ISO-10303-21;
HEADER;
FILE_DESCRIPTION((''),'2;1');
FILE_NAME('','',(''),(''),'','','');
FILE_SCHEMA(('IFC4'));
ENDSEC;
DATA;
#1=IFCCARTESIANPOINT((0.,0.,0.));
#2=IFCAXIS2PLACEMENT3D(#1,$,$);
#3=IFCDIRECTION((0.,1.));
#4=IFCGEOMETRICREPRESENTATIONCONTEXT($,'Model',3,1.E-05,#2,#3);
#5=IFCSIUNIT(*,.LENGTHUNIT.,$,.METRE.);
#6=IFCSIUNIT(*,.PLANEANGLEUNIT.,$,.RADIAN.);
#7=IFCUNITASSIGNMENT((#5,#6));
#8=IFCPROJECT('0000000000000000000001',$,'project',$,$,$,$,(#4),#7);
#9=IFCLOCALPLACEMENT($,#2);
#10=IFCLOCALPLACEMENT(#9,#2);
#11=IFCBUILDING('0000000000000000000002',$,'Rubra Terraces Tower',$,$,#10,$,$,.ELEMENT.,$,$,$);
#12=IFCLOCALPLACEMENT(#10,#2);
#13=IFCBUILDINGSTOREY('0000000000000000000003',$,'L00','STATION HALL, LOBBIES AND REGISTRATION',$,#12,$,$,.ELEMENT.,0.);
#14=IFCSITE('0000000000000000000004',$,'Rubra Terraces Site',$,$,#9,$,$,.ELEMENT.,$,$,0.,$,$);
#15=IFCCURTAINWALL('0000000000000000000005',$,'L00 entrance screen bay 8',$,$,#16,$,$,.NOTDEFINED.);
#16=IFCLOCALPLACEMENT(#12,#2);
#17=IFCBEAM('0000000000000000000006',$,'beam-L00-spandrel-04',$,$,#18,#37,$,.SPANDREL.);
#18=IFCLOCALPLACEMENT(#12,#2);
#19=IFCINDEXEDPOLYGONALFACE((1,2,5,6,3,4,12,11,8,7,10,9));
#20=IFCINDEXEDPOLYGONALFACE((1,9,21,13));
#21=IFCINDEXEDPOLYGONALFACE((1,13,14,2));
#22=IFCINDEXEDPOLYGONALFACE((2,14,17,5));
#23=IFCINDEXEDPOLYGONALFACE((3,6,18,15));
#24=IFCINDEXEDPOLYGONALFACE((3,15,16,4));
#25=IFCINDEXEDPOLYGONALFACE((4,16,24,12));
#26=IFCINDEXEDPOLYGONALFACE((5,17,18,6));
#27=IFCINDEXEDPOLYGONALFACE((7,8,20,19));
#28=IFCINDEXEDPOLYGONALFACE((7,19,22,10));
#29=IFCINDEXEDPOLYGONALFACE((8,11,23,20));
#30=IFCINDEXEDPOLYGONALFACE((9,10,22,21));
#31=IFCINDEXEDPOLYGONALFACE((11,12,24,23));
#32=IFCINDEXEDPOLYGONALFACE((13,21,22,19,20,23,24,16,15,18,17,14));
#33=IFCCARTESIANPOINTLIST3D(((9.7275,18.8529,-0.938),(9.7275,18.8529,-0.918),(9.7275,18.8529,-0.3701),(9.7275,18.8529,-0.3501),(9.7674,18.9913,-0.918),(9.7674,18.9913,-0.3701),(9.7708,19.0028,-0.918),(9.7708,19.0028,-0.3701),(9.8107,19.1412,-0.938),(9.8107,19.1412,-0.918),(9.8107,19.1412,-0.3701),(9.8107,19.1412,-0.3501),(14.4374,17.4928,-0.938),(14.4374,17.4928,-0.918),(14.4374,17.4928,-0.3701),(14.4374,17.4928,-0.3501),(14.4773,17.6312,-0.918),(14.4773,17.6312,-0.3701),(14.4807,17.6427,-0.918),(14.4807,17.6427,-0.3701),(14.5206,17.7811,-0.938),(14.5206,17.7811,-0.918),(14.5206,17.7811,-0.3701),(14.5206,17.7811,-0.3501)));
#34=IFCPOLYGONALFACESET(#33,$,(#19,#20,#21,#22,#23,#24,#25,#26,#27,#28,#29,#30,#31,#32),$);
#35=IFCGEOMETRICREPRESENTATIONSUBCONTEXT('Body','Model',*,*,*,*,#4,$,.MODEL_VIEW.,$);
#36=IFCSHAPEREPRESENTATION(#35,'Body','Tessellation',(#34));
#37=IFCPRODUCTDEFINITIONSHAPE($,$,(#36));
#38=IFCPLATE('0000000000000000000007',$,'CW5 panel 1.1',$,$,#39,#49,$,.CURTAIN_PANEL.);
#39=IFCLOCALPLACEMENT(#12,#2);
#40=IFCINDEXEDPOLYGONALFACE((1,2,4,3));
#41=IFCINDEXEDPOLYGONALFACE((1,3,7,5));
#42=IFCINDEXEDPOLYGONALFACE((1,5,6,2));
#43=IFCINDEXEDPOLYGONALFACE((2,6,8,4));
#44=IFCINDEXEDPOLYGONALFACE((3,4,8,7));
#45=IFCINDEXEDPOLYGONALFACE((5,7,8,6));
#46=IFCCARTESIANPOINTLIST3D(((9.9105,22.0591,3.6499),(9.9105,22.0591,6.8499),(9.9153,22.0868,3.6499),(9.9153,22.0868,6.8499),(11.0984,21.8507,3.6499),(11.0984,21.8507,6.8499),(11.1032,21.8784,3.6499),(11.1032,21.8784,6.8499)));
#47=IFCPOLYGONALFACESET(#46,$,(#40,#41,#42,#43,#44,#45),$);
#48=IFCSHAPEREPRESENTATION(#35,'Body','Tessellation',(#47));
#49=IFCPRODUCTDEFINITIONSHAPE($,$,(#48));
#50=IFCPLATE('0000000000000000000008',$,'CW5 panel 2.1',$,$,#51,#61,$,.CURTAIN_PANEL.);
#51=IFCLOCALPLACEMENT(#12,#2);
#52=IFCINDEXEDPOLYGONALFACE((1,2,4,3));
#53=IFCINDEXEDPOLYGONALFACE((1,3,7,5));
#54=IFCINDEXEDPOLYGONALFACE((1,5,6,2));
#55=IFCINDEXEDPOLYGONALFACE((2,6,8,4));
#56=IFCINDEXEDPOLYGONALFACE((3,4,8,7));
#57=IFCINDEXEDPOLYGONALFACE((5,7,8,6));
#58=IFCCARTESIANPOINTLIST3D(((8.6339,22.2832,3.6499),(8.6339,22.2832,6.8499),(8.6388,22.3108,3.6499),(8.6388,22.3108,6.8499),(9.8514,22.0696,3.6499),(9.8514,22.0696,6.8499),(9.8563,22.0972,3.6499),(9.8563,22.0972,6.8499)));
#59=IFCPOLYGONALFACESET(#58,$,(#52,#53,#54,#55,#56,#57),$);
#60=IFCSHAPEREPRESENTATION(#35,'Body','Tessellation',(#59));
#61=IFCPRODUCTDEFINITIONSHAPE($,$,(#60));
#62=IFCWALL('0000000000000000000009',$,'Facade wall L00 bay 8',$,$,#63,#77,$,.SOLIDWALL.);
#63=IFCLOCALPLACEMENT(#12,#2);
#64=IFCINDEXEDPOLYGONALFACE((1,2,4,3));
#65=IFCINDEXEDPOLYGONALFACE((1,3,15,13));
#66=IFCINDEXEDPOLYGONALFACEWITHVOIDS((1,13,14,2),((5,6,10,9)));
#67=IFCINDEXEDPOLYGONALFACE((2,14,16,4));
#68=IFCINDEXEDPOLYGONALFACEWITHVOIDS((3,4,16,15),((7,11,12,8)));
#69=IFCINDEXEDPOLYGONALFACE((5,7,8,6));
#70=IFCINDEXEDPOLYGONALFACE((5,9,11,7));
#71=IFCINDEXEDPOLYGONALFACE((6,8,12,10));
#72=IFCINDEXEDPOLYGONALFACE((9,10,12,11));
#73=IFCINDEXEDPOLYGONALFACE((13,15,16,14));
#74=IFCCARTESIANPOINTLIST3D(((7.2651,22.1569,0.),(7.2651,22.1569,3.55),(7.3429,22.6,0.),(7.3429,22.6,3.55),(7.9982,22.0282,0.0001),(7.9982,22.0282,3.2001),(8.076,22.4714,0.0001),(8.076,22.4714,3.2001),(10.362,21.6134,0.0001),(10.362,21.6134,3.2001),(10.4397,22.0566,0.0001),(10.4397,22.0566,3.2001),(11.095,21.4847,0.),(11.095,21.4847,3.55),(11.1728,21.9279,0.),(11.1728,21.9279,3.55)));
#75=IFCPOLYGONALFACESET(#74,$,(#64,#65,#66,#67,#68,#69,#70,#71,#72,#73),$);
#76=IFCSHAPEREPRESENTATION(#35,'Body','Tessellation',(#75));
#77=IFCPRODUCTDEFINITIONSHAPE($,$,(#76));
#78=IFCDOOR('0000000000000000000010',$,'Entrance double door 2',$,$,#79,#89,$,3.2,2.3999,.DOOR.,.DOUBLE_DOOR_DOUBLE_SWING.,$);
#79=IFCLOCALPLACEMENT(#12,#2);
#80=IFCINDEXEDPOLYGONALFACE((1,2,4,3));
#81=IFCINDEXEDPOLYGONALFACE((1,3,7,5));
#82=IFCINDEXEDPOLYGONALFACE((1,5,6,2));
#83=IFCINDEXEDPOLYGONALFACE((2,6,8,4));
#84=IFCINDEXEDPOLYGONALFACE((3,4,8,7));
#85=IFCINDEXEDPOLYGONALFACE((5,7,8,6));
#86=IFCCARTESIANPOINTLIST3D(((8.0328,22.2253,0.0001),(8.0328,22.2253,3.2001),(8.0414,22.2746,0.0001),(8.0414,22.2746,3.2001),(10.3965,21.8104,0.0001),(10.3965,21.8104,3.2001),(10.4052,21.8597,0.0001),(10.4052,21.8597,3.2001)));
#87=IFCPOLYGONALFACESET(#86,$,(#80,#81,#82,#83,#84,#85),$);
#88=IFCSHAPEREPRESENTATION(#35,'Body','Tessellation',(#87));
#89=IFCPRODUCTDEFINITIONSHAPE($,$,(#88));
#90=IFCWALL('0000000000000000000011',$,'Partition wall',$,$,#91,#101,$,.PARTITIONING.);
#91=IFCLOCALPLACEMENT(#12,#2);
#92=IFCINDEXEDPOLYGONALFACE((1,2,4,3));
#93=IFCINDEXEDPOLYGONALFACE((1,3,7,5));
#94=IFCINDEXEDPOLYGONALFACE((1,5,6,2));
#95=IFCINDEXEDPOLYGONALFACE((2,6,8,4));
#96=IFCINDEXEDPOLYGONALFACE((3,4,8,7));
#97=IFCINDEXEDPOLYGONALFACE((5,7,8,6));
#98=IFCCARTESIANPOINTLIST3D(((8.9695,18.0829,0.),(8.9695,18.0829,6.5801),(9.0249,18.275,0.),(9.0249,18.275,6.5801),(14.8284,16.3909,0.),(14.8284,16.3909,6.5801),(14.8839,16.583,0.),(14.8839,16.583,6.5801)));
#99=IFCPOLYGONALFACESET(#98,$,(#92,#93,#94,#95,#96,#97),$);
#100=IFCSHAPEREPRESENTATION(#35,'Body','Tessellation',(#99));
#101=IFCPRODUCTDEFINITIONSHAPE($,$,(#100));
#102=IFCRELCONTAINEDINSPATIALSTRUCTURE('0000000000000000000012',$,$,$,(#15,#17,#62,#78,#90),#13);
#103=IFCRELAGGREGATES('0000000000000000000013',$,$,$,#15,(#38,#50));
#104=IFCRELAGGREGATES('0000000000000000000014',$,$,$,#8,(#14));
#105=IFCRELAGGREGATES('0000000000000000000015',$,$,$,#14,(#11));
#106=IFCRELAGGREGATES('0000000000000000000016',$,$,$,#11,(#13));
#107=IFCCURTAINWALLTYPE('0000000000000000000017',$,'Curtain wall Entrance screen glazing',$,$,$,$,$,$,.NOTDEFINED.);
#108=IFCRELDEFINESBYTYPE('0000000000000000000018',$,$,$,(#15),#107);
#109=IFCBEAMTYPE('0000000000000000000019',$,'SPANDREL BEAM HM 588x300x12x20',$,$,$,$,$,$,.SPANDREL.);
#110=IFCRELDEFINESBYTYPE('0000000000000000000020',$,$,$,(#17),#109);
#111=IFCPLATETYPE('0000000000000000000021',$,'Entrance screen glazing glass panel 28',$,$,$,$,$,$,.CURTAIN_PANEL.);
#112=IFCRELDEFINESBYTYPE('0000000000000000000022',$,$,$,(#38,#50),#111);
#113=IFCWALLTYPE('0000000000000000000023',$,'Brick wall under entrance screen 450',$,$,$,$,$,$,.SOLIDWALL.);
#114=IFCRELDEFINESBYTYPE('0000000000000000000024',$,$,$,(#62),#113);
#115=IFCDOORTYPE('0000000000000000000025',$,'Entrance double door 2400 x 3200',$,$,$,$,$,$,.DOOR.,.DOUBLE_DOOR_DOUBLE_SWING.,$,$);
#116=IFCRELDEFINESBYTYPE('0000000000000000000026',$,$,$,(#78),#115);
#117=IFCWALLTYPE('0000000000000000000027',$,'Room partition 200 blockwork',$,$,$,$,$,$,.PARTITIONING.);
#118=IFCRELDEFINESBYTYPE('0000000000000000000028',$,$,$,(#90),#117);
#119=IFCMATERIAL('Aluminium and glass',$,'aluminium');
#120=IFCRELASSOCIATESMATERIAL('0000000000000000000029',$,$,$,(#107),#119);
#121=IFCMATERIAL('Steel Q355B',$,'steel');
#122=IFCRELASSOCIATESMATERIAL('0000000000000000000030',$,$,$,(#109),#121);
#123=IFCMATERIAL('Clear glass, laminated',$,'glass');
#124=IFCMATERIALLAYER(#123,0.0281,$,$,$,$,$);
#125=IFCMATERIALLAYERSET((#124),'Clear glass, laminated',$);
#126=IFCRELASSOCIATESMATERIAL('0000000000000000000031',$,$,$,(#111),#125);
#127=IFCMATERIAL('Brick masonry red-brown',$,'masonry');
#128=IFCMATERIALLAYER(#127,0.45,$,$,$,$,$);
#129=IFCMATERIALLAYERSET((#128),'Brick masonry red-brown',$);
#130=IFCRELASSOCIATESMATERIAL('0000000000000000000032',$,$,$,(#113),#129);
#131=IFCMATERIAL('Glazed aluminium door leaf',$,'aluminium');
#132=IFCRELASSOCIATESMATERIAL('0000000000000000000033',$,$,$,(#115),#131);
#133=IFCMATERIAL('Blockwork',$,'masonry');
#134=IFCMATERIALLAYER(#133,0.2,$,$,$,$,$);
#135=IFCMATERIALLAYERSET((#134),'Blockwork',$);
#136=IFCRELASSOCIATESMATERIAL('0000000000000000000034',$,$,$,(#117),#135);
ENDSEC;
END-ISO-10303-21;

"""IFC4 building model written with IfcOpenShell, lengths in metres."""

from ifc_helpers import new_model, si_unit, direction, frame, frame_2d, origin, origin_2d, place, context, subcontext, project, spatial, rectangle, i_section, extrude, material, layer, layer_set, material_profile, profile_set, type_object, element, fill, aggregate, save


model = new_model("IFC4")

# Units and contexts
model_context = context("Model", 3, precision=1e-05, world=origin(), true_north=direction((0.0, 1.0)))
body_context = subcontext(model_context, "Body", "Model", "MODEL_VIEW")
ifc_project = project(units=[si_unit("LENGTHUNIT", "METRE"), si_unit("PLANEANGLEUNIT", "RADIAN")], contexts=[model_context])

# Site, building, storey
site_placement = place(None, origin())
site = spatial("IfcSite", under=ifc_project, at=site_placement, Name="Rubra Terraces Site", CompositionType="ELEMENT", RefElevation=0.0)
building_placement = place(site_placement, origin())
building = spatial("IfcBuilding", under=site, at=building_placement, Name="Rubra Terraces Tower", CompositionType="ELEMENT")
storey_placement = place(building_placement, origin())
storey = spatial("IfcBuildingStorey", under=building, at=storey_placement, Name="L00", Description="STATION HALL, LOBBIES AND REGISTRATION", CompositionType="ELEMENT", Elevation=0.0)

# Shared definitions
ifc_material_1 = material(Name="Steel Q355B", Category="steel")

# Curtain wall
ifc_material_2 = material(Name="Aluminium and glass", Category="aluminium")
curtain_wall_type = type_object("IfcCurtainWallType", Name="Curtain wall Entrance screen glazing", PredefinedType="NOTDEFINED", material=ifc_material_2)
curtain_wall_placement = place(storey_placement, origin())
curtain_wall = element("IfcCurtainWall", 1, at=curtain_wall_placement, inside=storey, type_object=curtain_wall_type, Name="L00 entrance screen bay 8", PredefinedType="NOTDEFINED")

# Beam
ifc_material_profile_1 = material_profile(ifc_material_1, i_section(OverallWidth=0.3, OverallDepth=0.5879, WebThickness=0.012, FlangeThickness=0.02, at=origin_2d()), Name="HM 588x300x12x20")
ifc_profile_set_1 = profile_set([ifc_material_profile_1], Name="Steel Q355B")
beam_type_1 = type_object("IfcBeamType", Name="SPANDREL BEAM HM 588x300x12x20", PredefinedType="SPANDREL", material=ifc_profile_set_1)
beam_1_placement = place(storey_placement, frame((14.479, 17.637, -0.644), z_axis=(-0.960744, 0.277436, 0.0), x_axis=(-0.277436, -0.960744, 0.0)))
element("IfcBeam", 2, at=beam_1_placement, inside=storey, type_object=beam_type_1, Name="beam-L00-spandrel-04", PredefinedType="SPANDREL", context=body_context, shape_type="SweptSolid", body=[
    extrude(i_section(OverallWidth=0.3, OverallDepth=0.5879, WebThickness=0.012, FlangeThickness=0.02, at=origin_2d()), origin(), (0.0, 0.0, 1.0), 4.9023),
])

# Plates
ifc_material_3 = material(Name="Clear glass, laminated", Category="glass")
ifc_layer_1 = layer(ifc_material_3, 0.0281)
ifc_layer_set_1 = layer_set([ifc_layer_1], Name="Clear glass, laminated")
plate_type = type_object("IfcPlateType", Name="Entrance screen glazing glass panel 28", PredefinedType="CURTAIN_PANEL", material=ifc_layer_set_1)
plate_1_placement = place(storey_placement, frame((10.5068, 21.9688, 3.6499), z_axis=(0.0, 0.0, 1.0), x_axis=(-0.984954, 0.172817, 0.0)))
plate_1 = element("IfcPlate", 3, at=plate_1_placement, type_object=plate_type, Name="CW5 panel 1.1", PredefinedType="CURTAIN_PANEL", context=body_context, shape_type="SweptSolid", body=[
    extrude(rectangle(XDim=1.2061, YDim=0.0281, at=origin_2d()), origin(), (0.0, 0.0, 1.0), 3.2),
])
plate_2_placement = place(storey_placement, frame((9.2451, 22.1902, 3.6499), z_axis=(0.0, 0.0, 1.0), x_axis=(-0.984954, 0.172817, 0.0)))
plate_2 = element("IfcPlate", 4, at=plate_2_placement, type_object=plate_type, Name="CW5 panel 2.1", PredefinedType="CURTAIN_PANEL", context=body_context, shape_type="SweptSolid", body=[
    extrude(rectangle(XDim=1.2361, YDim=0.0281, at=origin_2d()), origin(), (0.0, 0.0, 1.0), 3.2),
])
aggregate(curtain_wall, [plate_1, plate_2])

# Wall, opening, door
ifc_material_4 = material(Name="Brick masonry red-brown", Category="masonry")
ifc_layer_2 = layer(ifc_material_4, 0.45)
ifc_layer_set_2 = layer_set([ifc_layer_2], Name="Brick masonry red-brown")
wall_type_1 = type_object("IfcWallType", Name="Brick wall under entrance screen 450", PredefinedType="SOLIDWALL", material=ifc_layer_set_2)
wall_1_placement = place(storey_placement, frame((11.134, 21.7063, 0.0), z_axis=(0.0, 0.0, 1.0), x_axis=(-0.984947, 0.172854, 0.0)))
wall_1 = element("IfcWall", 5, at=wall_1_placement, inside=storey, type_object=wall_type_1, Name="Facade wall L00 bay 8", PredefinedType="SOLIDWALL", context=body_context, shape_type="SweptSolid", body=[
    extrude(rectangle(XDim=3.8884, YDim=0.45, at=frame_2d((1.9443, 0.0))), origin(), (0.0, 0.0, 1.0), 3.55),
])
opening_placement = place(wall_1_placement, frame((0.7444, 0.0, 0.0)))
opening = element("IfcOpeningElement", 6, at=opening_placement, cuts=wall_1, PredefinedType="OPENING", context=body_context, shape_type="SweptSolid", body=[
    extrude(rectangle(XDim=2.3999, YDim=3.2, at=frame_2d((1.2, 1.6001))), frame((0.0, 0.2349, 0.0), z_axis=(0.0, -1.0, 0.0), x_axis=(1.0, 0.0, 0.0)), (0.0, 0.0, 1.0), 0.47),
])
ifc_material_5 = material(Name="Glazed aluminium door leaf", Category="aluminium")
door_type = type_object("IfcDoorType", Name="Entrance double door 2400 x 3200", OperationType="DOUBLE_DOOR_DOUBLE_SWING", PredefinedType="DOOR", material=ifc_material_5)
door_placement = place(opening_placement, origin())
door = element("IfcDoor", 7, at=door_placement, inside=storey, type_object=door_type, Name="Entrance double door 2", OperationType="DOUBLE_DOOR_DOUBLE_SWING", OverallHeight=3.2, OverallWidth=2.3999, PredefinedType="DOOR", context=body_context, shape_type="SweptSolid", body=[
    extrude(rectangle(XDim=2.3999, YDim=3.2, at=frame_2d((1.2, 1.6001))), frame((0.0, 0.0249, 0.0), z_axis=(0.0, -1.0, 0.0), x_axis=(1.0, 0.0, 0.0)), (0.0, 0.0, 1.0), 0.05),
])
fill(opening, door)

# Wall
ifc_material_6 = material(Name="Blockwork", Category="masonry")
ifc_layer_3 = layer(ifc_material_6, 0.2)
ifc_layer_set_3 = layer_set([ifc_layer_3], Name="Blockwork")
wall_type_2 = type_object("IfcWallType", Name="Room partition 200 blockwork", PredefinedType="PARTITIONING", material=ifc_layer_set_3)
wall_2_placement = place(storey_placement, frame((8.9971, 18.179, 0.0), z_axis=(0.0, 0.0, 1.0), x_axis=(0.960744, -0.277438, 0.0)))
element("IfcWall", 8, at=wall_2_placement, inside=storey, type_object=wall_type_2, Name="Partition wall", PredefinedType="PARTITIONING", context=body_context, shape_type="SweptSolid", body=[
    extrude(rectangle(XDim=6.0984, YDim=0.2, at=frame_2d((3.0493, 0.0))), origin(), (0.0, 0.0, 1.0), 6.5801),
])

save(model, "model.ifc")
